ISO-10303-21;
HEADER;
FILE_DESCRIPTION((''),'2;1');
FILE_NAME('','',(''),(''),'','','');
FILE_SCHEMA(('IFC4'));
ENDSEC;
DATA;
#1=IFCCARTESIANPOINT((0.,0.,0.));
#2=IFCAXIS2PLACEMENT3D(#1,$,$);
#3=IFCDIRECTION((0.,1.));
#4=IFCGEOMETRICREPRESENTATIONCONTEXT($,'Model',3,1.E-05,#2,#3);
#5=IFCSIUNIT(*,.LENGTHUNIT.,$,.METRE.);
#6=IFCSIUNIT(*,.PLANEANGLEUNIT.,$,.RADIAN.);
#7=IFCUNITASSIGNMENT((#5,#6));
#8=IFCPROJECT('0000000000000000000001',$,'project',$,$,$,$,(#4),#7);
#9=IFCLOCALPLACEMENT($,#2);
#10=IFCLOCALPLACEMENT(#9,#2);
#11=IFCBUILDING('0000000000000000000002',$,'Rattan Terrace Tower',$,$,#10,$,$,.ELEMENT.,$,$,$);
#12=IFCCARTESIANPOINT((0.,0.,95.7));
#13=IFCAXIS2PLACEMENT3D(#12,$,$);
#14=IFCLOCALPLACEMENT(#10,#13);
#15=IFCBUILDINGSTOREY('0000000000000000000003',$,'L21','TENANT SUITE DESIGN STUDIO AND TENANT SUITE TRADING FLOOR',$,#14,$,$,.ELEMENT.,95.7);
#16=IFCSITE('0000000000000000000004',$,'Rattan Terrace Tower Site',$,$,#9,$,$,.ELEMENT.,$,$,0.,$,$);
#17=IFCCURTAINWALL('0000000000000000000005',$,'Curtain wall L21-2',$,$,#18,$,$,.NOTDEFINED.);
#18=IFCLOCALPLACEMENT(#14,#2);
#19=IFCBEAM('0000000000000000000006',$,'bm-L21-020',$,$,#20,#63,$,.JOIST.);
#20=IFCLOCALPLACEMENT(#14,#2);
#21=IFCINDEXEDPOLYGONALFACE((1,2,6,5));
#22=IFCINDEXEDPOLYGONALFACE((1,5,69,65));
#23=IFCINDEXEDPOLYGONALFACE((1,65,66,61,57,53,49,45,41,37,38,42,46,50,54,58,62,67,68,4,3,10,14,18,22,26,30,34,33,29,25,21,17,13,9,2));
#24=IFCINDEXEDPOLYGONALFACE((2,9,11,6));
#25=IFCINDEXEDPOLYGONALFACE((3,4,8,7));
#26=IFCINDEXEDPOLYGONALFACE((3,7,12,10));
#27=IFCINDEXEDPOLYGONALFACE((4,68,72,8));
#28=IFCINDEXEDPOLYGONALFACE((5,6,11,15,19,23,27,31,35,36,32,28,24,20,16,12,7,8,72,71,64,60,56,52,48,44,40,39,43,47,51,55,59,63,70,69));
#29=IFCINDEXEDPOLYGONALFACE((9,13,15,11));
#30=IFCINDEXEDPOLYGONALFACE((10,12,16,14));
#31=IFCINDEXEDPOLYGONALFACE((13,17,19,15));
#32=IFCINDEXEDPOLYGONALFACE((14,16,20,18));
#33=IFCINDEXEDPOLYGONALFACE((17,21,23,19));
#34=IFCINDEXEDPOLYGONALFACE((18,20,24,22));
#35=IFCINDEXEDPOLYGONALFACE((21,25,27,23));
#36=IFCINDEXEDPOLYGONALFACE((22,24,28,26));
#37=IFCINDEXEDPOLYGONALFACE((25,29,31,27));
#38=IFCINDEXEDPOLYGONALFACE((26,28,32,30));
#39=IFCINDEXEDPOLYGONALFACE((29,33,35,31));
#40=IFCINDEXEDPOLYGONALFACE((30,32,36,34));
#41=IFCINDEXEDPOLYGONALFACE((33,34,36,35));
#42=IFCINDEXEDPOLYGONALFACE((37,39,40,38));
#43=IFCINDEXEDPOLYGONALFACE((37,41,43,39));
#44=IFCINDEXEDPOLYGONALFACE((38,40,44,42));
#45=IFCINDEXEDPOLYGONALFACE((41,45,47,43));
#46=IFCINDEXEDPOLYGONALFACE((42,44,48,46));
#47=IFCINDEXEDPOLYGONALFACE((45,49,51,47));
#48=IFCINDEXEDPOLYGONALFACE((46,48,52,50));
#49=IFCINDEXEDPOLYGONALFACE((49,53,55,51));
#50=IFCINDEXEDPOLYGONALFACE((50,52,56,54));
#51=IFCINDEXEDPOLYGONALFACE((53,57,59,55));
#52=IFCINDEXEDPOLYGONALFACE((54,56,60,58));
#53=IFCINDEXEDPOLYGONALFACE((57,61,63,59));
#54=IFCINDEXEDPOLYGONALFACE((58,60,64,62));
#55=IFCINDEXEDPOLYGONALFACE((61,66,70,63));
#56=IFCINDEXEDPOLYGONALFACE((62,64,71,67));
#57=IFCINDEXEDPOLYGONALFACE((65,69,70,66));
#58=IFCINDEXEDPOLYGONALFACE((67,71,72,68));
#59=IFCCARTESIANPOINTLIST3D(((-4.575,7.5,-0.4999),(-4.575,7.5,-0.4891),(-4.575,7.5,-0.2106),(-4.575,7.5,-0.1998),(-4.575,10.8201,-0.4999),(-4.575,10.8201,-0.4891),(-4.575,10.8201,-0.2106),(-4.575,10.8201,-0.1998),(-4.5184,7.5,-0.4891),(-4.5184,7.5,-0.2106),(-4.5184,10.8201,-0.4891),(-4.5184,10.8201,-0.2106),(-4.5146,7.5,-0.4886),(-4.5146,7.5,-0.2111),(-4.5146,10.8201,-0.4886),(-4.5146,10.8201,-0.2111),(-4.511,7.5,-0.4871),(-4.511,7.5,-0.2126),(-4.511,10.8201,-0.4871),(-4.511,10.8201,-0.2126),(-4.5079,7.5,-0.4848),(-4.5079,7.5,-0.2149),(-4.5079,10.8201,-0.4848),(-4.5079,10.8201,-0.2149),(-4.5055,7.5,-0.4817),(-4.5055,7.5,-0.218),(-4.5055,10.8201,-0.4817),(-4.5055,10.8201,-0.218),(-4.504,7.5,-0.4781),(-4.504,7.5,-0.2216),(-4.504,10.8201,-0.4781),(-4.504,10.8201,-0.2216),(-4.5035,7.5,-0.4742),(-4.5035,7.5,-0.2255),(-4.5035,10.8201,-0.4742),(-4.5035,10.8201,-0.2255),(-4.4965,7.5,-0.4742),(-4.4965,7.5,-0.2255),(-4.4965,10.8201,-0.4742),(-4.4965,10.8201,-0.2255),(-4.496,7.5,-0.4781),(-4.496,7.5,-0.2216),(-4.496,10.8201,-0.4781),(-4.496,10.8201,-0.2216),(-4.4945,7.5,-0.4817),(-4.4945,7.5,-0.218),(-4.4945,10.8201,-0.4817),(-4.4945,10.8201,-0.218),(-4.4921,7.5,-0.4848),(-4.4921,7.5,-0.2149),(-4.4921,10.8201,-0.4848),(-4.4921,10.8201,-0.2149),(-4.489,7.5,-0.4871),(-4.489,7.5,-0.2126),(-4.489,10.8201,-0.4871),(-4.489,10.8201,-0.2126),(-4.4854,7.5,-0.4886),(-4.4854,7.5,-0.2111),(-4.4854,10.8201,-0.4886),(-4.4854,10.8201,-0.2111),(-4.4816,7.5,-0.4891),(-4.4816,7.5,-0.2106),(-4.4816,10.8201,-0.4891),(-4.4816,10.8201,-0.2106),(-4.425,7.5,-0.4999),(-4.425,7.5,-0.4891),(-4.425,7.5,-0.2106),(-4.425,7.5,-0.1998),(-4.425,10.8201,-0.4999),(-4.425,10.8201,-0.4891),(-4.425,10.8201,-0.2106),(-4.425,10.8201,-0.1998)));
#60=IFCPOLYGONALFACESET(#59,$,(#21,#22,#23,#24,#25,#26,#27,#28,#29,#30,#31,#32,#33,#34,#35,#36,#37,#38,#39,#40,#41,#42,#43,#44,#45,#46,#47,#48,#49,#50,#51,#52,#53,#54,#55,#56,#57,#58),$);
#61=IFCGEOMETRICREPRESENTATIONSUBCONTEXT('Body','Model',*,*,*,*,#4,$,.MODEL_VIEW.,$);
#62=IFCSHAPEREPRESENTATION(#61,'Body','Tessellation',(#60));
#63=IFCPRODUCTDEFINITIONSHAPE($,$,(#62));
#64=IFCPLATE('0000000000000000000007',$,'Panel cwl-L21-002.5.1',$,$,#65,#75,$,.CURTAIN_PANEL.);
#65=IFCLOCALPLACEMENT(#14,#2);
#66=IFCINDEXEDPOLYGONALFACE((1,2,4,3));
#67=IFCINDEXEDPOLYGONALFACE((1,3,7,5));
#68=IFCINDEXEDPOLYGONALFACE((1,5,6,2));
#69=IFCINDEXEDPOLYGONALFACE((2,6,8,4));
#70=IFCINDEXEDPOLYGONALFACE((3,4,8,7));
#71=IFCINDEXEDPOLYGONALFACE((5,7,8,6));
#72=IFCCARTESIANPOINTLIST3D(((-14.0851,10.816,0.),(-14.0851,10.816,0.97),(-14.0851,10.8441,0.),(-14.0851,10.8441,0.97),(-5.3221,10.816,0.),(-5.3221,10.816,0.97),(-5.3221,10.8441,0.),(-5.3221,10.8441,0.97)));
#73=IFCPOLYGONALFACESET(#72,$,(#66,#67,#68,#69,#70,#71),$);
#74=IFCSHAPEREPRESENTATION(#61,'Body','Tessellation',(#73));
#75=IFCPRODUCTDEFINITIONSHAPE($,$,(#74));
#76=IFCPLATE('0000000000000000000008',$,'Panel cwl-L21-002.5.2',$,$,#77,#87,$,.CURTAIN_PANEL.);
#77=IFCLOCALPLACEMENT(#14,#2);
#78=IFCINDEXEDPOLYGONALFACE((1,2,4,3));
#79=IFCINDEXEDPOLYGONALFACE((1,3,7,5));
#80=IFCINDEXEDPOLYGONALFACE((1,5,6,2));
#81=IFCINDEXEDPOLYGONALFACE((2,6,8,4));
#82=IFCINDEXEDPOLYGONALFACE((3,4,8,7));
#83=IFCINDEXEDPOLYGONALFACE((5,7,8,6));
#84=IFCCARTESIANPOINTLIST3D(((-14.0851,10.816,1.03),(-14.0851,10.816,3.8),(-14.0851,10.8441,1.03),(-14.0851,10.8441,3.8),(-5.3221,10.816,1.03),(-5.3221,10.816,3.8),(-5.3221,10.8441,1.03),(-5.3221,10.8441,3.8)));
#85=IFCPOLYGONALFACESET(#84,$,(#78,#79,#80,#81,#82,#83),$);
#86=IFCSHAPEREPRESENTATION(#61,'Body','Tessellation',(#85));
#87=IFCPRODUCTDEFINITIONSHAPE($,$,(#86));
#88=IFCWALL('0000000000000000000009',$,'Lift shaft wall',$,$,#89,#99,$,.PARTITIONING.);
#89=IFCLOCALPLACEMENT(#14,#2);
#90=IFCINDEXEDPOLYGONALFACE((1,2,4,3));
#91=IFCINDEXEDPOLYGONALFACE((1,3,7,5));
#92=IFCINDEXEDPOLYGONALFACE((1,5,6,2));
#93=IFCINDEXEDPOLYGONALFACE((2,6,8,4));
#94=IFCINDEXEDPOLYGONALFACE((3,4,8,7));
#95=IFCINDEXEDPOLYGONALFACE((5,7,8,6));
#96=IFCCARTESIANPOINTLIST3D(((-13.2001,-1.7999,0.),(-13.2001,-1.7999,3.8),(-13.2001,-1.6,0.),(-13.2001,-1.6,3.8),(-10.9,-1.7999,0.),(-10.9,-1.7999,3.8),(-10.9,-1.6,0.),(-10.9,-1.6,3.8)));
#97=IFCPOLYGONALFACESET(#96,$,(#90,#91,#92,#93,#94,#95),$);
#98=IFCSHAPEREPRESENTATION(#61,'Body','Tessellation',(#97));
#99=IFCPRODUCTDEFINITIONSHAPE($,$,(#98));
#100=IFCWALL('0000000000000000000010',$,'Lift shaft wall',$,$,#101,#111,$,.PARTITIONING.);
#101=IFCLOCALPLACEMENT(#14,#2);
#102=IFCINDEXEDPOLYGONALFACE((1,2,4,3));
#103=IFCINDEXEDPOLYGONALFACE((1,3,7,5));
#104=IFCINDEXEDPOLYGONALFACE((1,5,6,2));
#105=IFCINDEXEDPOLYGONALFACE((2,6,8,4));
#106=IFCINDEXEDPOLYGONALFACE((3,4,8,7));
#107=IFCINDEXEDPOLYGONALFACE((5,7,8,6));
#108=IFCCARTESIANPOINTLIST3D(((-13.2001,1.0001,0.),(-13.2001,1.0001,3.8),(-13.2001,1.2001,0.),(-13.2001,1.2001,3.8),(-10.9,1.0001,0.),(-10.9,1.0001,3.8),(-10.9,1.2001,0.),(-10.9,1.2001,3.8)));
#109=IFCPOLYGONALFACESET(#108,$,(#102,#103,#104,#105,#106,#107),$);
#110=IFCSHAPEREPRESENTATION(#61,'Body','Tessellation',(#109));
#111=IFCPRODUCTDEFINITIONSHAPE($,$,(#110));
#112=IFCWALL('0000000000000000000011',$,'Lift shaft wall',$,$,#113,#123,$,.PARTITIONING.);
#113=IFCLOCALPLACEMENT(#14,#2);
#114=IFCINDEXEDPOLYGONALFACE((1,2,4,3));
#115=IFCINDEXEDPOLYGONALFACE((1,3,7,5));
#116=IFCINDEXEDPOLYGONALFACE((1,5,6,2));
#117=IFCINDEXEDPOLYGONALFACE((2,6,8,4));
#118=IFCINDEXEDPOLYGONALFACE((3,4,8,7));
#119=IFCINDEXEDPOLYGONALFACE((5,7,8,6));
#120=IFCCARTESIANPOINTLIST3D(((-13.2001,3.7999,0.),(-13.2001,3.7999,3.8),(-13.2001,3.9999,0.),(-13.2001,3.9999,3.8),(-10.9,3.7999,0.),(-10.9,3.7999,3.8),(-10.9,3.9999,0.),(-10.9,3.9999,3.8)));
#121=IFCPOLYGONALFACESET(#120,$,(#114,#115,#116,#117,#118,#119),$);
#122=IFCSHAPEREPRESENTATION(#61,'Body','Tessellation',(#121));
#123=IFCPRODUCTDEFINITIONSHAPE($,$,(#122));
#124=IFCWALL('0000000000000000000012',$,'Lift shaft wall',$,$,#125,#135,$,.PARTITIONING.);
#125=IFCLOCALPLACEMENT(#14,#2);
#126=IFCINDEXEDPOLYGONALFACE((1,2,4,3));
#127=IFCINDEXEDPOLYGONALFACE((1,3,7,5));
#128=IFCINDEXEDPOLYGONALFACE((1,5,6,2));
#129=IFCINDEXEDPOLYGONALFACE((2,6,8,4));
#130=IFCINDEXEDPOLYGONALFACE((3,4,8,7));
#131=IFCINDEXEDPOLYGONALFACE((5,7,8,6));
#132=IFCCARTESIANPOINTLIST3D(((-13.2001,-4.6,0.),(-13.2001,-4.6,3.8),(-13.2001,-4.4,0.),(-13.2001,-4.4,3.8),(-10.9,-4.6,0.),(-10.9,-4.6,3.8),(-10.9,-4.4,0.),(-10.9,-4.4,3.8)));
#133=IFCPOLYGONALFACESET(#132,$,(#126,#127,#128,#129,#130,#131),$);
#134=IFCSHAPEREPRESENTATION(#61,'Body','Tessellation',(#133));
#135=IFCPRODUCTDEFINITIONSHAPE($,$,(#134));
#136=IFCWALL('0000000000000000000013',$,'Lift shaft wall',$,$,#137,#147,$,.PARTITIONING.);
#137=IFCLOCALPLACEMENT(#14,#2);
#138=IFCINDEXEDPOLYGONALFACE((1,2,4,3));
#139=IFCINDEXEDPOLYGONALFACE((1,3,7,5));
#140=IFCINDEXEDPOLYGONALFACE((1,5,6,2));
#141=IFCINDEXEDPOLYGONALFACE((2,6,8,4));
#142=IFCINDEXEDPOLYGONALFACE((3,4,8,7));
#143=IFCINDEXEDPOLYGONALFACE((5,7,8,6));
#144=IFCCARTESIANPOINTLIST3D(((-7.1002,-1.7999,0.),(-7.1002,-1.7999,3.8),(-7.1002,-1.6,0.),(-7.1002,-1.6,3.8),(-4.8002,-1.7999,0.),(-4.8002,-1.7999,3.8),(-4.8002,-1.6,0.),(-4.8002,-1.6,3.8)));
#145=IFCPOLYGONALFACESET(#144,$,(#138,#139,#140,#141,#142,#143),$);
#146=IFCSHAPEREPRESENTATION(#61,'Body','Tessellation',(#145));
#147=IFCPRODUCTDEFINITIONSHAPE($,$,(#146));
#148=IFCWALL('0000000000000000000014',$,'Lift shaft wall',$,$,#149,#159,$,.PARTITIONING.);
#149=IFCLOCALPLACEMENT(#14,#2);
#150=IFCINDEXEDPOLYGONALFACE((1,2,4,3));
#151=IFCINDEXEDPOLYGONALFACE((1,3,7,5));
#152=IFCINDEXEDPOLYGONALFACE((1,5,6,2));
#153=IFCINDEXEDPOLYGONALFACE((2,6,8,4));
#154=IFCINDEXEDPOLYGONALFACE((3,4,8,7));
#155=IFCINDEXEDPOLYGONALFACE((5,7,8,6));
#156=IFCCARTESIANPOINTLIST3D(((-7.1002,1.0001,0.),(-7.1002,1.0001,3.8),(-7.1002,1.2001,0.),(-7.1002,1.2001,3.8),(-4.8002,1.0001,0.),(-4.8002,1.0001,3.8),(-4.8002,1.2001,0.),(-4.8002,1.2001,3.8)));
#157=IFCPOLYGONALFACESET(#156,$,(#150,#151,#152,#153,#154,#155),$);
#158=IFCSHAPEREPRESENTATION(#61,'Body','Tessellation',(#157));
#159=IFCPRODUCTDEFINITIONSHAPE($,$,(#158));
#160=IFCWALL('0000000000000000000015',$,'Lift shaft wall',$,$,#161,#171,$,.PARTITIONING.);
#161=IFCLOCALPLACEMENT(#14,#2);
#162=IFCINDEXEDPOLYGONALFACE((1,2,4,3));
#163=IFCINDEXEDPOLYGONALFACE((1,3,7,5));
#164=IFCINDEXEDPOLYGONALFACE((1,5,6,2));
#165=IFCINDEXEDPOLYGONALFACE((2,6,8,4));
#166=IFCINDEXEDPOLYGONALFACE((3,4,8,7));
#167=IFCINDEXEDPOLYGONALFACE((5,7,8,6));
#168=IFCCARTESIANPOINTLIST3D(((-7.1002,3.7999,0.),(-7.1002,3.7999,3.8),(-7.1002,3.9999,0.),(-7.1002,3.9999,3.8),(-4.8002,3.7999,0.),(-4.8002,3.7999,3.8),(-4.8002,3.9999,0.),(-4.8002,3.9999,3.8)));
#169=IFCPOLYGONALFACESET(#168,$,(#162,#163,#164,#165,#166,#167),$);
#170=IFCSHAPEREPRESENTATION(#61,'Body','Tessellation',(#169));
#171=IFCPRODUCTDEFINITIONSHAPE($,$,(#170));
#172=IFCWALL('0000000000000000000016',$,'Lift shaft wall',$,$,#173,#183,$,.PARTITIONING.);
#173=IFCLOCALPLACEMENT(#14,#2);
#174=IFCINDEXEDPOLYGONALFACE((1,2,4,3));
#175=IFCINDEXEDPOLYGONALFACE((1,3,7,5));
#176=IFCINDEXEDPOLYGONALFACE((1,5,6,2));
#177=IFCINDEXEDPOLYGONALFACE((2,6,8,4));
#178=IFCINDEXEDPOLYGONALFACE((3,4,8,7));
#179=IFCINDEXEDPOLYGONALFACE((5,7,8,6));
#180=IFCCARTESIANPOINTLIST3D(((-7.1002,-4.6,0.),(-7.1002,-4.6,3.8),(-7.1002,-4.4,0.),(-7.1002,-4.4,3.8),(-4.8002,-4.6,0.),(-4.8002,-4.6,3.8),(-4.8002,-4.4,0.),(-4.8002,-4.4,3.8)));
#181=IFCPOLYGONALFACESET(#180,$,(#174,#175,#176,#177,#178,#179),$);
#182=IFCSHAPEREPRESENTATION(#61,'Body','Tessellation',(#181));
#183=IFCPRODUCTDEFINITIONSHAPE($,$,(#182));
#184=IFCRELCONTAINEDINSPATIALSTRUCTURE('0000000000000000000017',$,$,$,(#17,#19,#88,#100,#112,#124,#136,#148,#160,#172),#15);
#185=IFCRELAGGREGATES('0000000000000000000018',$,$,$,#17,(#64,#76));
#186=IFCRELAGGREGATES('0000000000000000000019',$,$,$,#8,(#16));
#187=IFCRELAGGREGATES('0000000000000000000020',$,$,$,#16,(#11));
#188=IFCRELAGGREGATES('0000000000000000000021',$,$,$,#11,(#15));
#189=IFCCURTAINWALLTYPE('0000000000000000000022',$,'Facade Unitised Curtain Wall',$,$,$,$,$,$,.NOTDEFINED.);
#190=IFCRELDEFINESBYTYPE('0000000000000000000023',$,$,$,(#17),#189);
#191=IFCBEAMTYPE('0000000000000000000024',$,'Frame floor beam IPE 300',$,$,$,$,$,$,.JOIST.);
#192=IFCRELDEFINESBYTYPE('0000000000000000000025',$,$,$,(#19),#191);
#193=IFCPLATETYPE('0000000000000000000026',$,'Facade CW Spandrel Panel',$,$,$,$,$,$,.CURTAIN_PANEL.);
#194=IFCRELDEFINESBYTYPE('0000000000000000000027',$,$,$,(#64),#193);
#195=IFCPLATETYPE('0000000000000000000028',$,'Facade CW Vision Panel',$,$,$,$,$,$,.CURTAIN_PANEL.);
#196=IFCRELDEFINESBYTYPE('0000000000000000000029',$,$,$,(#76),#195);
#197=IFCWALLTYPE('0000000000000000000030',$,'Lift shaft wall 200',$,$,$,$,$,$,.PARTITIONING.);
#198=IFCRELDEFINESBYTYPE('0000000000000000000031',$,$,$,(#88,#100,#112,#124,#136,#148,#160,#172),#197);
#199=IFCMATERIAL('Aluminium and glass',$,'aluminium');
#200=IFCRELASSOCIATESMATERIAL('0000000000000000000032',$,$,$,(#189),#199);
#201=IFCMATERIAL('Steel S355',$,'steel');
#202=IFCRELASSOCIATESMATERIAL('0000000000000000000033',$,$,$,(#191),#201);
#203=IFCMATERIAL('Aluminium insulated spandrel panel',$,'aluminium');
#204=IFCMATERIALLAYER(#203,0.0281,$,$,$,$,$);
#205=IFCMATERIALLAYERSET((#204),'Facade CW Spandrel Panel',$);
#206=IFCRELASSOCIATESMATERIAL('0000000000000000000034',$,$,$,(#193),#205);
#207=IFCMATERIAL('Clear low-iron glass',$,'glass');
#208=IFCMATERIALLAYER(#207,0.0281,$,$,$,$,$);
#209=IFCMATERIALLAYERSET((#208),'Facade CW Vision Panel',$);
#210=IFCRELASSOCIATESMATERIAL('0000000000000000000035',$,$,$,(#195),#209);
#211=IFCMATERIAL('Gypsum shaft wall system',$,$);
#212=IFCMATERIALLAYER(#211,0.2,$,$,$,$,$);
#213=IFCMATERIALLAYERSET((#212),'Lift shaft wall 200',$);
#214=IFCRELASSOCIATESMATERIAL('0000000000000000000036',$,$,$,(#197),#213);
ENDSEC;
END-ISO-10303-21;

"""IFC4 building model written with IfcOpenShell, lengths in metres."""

from ifc_helpers import new_model, si_unit, direction, frame, frame_2d, origin, origin_2d, place, context, subcontext, project, spatial, rectangle, i_section, extrude, material, layer, layer_set, material_profile, profile_set, type_object, element, aggregate, save


model = new_model("IFC4")

# Units and contexts
model_context = context("Model", 3, precision=1e-05, world=origin(), true_north=direction((0.0, 1.0)))
body_context = subcontext(model_context, "Body", "Model", "MODEL_VIEW")
ifc_project = project(units=[si_unit("LENGTHUNIT", "METRE"), si_unit("PLANEANGLEUNIT", "RADIAN")], contexts=[model_context])

# Site, building, storey
site_placement = place(None, origin())
site = spatial("IfcSite", under=ifc_project, at=site_placement, Name="Rattan Terrace Tower Site", CompositionType="ELEMENT", RefElevation=0.0)
building_placement = place(site_placement, origin())
building = spatial("IfcBuilding", under=site, at=building_placement, Name="Rattan Terrace Tower", CompositionType="ELEMENT")
storey_placement = place(building_placement, frame((0.0, 0.0, 95.7)))
storey = spatial("IfcBuildingStorey", under=building, at=storey_placement, Name="L21", Description="TENANT SUITE DESIGN STUDIO AND TENANT SUITE TRADING FLOOR", CompositionType="ELEMENT", Elevation=95.7)

# Curtain wall
ifc_material_1 = material(Name="Aluminium and glass", Category="aluminium")
curtain_wall_type = type_object("IfcCurtainWallType", Name="Facade Unitised Curtain Wall", PredefinedType="NOTDEFINED", material=ifc_material_1)
curtain_wall_placement = place(storey_placement, origin())
curtain_wall = element("IfcCurtainWall", 1, at=curtain_wall_placement, inside=storey, type_object=curtain_wall_type, Name="Curtain wall L21-2", PredefinedType="NOTDEFINED")

# Beam
ifc_material_2 = material(Name="Steel S355", Category="steel")
ifc_material_profile_1 = material_profile(ifc_material_2, i_section(OverallWidth=0.1499, OverallDepth=0.3, WebThickness=0.0071, FlangeThickness=0.0107, FilletRadius=0.0149, at=origin_2d()), Name="IPE 300")
ifc_profile_set_1 = profile_set([ifc_material_profile_1], Name="Steel S355")
beam_type = type_object("IfcBeamType", Name="Frame floor beam IPE 300", PredefinedType="JOIST", material=ifc_profile_set_1)
for number, where, z_axis, x_axis, name in (
    (2, (-4.5, 7.5, -0.3499), (0.0, 1.0, 0.0), (-1.0, 0.0, 0.0), "bm-L21-020"),
):
    element("IfcBeam", number, at=place(storey_placement, frame(where, z_axis=z_axis, x_axis=x_axis)), inside=storey, type_object=beam_type, Name=name, PredefinedType="JOIST", context=body_context, shape_type="SweptSolid", body=[
        extrude(i_section(OverallWidth=0.1499, OverallDepth=0.3, WebThickness=0.0071, FlangeThickness=0.0107, FilletRadius=0.0149, at=origin_2d()), origin(), (0.0, 0.0, 1.0), 3.3201),
    ])

# Plates
ifc_material_3 = material(Name="Aluminium insulated spandrel panel", Category="aluminium")
ifc_layer_1 = layer(ifc_material_3, 0.0281)
ifc_layer_set_1 = layer_set([ifc_layer_1], Name="Facade CW Spandrel Panel")
plate_type_1 = type_object("IfcPlateType", Name="Facade CW Spandrel Panel", PredefinedType="CURTAIN_PANEL", material=ifc_layer_set_1)
plate_1_placement = place(storey_placement, frame((-9.7036, 10.8301, 0.0), z_axis=(0.0, 0.0, 1.0), x_axis=(-1.0, 0.0, 0.0)))
plate_1 = element("IfcPlate", 3, at=plate_1_placement, type_object=plate_type_1, Name="Panel cwl-L21-002.5.1", PredefinedType="CURTAIN_PANEL", context=body_context, shape_type="SweptSolid", body=[
    extrude(rectangle(XDim=8.7629, YDim=0.0281, at=origin_2d()), origin(), (0.0, 0.0, 1.0), 0.97),
])
ifc_material_4 = material(Name="Clear low-iron glass", Category="glass")
ifc_layer_2 = layer(ifc_material_4, 0.0281)
ifc_layer_set_2 = layer_set([ifc_layer_2], Name="Facade CW Vision Panel")
plate_type_2 = type_object("IfcPlateType", Name="Facade CW Vision Panel", PredefinedType="CURTAIN_PANEL", material=ifc_layer_set_2)
plate_2_placement = place(storey_placement, frame((-9.7036, 10.8301, 1.03), z_axis=(0.0, 0.0, 1.0), x_axis=(-1.0, 0.0, 0.0)))
plate_2 = element("IfcPlate", 4, at=plate_2_placement, type_object=plate_type_2, Name="Panel cwl-L21-002.5.2", PredefinedType="CURTAIN_PANEL", context=body_context, shape_type="SweptSolid", body=[
    extrude(rectangle(XDim=8.7629, YDim=0.0281, at=origin_2d()), origin(), (0.0, 0.0, 1.0), 2.77),
])
aggregate(curtain_wall, [plate_1, plate_2])

# Walls
ifc_material_5 = material(Name="Gypsum shaft wall system")
ifc_layer_3 = layer(ifc_material_5, 0.2)
ifc_layer_set_3 = layer_set([ifc_layer_3], Name="Lift shaft wall 200")
wall_type = type_object("IfcWallType", Name="Lift shaft wall 200", PredefinedType="PARTITIONING", material=ifc_layer_set_3)
for number, where, z_axis, x_axis, name in (
    (5, (-13.2, -1.7, 0.0), (0.0, 0.0, 1.0), (1.0, 0.0, 0.0), "Lift shaft wall"),
    (6, (-13.2, 1.1001, 0.0), (0.0, 0.0, 1.0), (1.0, 0.0, 0.0), "Lift shaft wall"),
    (7, (-13.2, 3.8999, 0.0), (0.0, 0.0, 1.0), (1.0, 0.0, 0.0), "Lift shaft wall"),
    (8, (-13.2, -4.5, 0.0), (0.0, 0.0, 1.0), (1.0, 0.0, 0.0), "Lift shaft wall"),
    (9, (-7.1001, -1.7, 0.0), (0.0, 0.0, 1.0), (1.0, 0.0, 0.0), "Lift shaft wall"),
    (10, (-7.1001, 1.1001, 0.0), (0.0, 0.0, 1.0), (1.0, 0.0, 0.0), "Lift shaft wall"),
    (11, (-7.1001, 3.8999, 0.0), (0.0, 0.0, 1.0), (1.0, 0.0, 0.0), "Lift shaft wall"),
    (12, (-7.1001, -4.5, 0.0), (0.0, 0.0, 1.0), (1.0, 0.0, 0.0), "Lift shaft wall"),
):
    element("IfcWall", number, at=place(storey_placement, frame(where, z_axis=z_axis, x_axis=x_axis)), inside=storey, type_object=wall_type, Name=name, PredefinedType="PARTITIONING", context=body_context, shape_type="SweptSolid", body=[
        extrude(rectangle(XDim=2.3, YDim=0.2, at=frame_2d((1.1499, 0.0))), origin(), (0.0, 0.0, 1.0), 3.8),
    ])

save(model, "model.ifc")
